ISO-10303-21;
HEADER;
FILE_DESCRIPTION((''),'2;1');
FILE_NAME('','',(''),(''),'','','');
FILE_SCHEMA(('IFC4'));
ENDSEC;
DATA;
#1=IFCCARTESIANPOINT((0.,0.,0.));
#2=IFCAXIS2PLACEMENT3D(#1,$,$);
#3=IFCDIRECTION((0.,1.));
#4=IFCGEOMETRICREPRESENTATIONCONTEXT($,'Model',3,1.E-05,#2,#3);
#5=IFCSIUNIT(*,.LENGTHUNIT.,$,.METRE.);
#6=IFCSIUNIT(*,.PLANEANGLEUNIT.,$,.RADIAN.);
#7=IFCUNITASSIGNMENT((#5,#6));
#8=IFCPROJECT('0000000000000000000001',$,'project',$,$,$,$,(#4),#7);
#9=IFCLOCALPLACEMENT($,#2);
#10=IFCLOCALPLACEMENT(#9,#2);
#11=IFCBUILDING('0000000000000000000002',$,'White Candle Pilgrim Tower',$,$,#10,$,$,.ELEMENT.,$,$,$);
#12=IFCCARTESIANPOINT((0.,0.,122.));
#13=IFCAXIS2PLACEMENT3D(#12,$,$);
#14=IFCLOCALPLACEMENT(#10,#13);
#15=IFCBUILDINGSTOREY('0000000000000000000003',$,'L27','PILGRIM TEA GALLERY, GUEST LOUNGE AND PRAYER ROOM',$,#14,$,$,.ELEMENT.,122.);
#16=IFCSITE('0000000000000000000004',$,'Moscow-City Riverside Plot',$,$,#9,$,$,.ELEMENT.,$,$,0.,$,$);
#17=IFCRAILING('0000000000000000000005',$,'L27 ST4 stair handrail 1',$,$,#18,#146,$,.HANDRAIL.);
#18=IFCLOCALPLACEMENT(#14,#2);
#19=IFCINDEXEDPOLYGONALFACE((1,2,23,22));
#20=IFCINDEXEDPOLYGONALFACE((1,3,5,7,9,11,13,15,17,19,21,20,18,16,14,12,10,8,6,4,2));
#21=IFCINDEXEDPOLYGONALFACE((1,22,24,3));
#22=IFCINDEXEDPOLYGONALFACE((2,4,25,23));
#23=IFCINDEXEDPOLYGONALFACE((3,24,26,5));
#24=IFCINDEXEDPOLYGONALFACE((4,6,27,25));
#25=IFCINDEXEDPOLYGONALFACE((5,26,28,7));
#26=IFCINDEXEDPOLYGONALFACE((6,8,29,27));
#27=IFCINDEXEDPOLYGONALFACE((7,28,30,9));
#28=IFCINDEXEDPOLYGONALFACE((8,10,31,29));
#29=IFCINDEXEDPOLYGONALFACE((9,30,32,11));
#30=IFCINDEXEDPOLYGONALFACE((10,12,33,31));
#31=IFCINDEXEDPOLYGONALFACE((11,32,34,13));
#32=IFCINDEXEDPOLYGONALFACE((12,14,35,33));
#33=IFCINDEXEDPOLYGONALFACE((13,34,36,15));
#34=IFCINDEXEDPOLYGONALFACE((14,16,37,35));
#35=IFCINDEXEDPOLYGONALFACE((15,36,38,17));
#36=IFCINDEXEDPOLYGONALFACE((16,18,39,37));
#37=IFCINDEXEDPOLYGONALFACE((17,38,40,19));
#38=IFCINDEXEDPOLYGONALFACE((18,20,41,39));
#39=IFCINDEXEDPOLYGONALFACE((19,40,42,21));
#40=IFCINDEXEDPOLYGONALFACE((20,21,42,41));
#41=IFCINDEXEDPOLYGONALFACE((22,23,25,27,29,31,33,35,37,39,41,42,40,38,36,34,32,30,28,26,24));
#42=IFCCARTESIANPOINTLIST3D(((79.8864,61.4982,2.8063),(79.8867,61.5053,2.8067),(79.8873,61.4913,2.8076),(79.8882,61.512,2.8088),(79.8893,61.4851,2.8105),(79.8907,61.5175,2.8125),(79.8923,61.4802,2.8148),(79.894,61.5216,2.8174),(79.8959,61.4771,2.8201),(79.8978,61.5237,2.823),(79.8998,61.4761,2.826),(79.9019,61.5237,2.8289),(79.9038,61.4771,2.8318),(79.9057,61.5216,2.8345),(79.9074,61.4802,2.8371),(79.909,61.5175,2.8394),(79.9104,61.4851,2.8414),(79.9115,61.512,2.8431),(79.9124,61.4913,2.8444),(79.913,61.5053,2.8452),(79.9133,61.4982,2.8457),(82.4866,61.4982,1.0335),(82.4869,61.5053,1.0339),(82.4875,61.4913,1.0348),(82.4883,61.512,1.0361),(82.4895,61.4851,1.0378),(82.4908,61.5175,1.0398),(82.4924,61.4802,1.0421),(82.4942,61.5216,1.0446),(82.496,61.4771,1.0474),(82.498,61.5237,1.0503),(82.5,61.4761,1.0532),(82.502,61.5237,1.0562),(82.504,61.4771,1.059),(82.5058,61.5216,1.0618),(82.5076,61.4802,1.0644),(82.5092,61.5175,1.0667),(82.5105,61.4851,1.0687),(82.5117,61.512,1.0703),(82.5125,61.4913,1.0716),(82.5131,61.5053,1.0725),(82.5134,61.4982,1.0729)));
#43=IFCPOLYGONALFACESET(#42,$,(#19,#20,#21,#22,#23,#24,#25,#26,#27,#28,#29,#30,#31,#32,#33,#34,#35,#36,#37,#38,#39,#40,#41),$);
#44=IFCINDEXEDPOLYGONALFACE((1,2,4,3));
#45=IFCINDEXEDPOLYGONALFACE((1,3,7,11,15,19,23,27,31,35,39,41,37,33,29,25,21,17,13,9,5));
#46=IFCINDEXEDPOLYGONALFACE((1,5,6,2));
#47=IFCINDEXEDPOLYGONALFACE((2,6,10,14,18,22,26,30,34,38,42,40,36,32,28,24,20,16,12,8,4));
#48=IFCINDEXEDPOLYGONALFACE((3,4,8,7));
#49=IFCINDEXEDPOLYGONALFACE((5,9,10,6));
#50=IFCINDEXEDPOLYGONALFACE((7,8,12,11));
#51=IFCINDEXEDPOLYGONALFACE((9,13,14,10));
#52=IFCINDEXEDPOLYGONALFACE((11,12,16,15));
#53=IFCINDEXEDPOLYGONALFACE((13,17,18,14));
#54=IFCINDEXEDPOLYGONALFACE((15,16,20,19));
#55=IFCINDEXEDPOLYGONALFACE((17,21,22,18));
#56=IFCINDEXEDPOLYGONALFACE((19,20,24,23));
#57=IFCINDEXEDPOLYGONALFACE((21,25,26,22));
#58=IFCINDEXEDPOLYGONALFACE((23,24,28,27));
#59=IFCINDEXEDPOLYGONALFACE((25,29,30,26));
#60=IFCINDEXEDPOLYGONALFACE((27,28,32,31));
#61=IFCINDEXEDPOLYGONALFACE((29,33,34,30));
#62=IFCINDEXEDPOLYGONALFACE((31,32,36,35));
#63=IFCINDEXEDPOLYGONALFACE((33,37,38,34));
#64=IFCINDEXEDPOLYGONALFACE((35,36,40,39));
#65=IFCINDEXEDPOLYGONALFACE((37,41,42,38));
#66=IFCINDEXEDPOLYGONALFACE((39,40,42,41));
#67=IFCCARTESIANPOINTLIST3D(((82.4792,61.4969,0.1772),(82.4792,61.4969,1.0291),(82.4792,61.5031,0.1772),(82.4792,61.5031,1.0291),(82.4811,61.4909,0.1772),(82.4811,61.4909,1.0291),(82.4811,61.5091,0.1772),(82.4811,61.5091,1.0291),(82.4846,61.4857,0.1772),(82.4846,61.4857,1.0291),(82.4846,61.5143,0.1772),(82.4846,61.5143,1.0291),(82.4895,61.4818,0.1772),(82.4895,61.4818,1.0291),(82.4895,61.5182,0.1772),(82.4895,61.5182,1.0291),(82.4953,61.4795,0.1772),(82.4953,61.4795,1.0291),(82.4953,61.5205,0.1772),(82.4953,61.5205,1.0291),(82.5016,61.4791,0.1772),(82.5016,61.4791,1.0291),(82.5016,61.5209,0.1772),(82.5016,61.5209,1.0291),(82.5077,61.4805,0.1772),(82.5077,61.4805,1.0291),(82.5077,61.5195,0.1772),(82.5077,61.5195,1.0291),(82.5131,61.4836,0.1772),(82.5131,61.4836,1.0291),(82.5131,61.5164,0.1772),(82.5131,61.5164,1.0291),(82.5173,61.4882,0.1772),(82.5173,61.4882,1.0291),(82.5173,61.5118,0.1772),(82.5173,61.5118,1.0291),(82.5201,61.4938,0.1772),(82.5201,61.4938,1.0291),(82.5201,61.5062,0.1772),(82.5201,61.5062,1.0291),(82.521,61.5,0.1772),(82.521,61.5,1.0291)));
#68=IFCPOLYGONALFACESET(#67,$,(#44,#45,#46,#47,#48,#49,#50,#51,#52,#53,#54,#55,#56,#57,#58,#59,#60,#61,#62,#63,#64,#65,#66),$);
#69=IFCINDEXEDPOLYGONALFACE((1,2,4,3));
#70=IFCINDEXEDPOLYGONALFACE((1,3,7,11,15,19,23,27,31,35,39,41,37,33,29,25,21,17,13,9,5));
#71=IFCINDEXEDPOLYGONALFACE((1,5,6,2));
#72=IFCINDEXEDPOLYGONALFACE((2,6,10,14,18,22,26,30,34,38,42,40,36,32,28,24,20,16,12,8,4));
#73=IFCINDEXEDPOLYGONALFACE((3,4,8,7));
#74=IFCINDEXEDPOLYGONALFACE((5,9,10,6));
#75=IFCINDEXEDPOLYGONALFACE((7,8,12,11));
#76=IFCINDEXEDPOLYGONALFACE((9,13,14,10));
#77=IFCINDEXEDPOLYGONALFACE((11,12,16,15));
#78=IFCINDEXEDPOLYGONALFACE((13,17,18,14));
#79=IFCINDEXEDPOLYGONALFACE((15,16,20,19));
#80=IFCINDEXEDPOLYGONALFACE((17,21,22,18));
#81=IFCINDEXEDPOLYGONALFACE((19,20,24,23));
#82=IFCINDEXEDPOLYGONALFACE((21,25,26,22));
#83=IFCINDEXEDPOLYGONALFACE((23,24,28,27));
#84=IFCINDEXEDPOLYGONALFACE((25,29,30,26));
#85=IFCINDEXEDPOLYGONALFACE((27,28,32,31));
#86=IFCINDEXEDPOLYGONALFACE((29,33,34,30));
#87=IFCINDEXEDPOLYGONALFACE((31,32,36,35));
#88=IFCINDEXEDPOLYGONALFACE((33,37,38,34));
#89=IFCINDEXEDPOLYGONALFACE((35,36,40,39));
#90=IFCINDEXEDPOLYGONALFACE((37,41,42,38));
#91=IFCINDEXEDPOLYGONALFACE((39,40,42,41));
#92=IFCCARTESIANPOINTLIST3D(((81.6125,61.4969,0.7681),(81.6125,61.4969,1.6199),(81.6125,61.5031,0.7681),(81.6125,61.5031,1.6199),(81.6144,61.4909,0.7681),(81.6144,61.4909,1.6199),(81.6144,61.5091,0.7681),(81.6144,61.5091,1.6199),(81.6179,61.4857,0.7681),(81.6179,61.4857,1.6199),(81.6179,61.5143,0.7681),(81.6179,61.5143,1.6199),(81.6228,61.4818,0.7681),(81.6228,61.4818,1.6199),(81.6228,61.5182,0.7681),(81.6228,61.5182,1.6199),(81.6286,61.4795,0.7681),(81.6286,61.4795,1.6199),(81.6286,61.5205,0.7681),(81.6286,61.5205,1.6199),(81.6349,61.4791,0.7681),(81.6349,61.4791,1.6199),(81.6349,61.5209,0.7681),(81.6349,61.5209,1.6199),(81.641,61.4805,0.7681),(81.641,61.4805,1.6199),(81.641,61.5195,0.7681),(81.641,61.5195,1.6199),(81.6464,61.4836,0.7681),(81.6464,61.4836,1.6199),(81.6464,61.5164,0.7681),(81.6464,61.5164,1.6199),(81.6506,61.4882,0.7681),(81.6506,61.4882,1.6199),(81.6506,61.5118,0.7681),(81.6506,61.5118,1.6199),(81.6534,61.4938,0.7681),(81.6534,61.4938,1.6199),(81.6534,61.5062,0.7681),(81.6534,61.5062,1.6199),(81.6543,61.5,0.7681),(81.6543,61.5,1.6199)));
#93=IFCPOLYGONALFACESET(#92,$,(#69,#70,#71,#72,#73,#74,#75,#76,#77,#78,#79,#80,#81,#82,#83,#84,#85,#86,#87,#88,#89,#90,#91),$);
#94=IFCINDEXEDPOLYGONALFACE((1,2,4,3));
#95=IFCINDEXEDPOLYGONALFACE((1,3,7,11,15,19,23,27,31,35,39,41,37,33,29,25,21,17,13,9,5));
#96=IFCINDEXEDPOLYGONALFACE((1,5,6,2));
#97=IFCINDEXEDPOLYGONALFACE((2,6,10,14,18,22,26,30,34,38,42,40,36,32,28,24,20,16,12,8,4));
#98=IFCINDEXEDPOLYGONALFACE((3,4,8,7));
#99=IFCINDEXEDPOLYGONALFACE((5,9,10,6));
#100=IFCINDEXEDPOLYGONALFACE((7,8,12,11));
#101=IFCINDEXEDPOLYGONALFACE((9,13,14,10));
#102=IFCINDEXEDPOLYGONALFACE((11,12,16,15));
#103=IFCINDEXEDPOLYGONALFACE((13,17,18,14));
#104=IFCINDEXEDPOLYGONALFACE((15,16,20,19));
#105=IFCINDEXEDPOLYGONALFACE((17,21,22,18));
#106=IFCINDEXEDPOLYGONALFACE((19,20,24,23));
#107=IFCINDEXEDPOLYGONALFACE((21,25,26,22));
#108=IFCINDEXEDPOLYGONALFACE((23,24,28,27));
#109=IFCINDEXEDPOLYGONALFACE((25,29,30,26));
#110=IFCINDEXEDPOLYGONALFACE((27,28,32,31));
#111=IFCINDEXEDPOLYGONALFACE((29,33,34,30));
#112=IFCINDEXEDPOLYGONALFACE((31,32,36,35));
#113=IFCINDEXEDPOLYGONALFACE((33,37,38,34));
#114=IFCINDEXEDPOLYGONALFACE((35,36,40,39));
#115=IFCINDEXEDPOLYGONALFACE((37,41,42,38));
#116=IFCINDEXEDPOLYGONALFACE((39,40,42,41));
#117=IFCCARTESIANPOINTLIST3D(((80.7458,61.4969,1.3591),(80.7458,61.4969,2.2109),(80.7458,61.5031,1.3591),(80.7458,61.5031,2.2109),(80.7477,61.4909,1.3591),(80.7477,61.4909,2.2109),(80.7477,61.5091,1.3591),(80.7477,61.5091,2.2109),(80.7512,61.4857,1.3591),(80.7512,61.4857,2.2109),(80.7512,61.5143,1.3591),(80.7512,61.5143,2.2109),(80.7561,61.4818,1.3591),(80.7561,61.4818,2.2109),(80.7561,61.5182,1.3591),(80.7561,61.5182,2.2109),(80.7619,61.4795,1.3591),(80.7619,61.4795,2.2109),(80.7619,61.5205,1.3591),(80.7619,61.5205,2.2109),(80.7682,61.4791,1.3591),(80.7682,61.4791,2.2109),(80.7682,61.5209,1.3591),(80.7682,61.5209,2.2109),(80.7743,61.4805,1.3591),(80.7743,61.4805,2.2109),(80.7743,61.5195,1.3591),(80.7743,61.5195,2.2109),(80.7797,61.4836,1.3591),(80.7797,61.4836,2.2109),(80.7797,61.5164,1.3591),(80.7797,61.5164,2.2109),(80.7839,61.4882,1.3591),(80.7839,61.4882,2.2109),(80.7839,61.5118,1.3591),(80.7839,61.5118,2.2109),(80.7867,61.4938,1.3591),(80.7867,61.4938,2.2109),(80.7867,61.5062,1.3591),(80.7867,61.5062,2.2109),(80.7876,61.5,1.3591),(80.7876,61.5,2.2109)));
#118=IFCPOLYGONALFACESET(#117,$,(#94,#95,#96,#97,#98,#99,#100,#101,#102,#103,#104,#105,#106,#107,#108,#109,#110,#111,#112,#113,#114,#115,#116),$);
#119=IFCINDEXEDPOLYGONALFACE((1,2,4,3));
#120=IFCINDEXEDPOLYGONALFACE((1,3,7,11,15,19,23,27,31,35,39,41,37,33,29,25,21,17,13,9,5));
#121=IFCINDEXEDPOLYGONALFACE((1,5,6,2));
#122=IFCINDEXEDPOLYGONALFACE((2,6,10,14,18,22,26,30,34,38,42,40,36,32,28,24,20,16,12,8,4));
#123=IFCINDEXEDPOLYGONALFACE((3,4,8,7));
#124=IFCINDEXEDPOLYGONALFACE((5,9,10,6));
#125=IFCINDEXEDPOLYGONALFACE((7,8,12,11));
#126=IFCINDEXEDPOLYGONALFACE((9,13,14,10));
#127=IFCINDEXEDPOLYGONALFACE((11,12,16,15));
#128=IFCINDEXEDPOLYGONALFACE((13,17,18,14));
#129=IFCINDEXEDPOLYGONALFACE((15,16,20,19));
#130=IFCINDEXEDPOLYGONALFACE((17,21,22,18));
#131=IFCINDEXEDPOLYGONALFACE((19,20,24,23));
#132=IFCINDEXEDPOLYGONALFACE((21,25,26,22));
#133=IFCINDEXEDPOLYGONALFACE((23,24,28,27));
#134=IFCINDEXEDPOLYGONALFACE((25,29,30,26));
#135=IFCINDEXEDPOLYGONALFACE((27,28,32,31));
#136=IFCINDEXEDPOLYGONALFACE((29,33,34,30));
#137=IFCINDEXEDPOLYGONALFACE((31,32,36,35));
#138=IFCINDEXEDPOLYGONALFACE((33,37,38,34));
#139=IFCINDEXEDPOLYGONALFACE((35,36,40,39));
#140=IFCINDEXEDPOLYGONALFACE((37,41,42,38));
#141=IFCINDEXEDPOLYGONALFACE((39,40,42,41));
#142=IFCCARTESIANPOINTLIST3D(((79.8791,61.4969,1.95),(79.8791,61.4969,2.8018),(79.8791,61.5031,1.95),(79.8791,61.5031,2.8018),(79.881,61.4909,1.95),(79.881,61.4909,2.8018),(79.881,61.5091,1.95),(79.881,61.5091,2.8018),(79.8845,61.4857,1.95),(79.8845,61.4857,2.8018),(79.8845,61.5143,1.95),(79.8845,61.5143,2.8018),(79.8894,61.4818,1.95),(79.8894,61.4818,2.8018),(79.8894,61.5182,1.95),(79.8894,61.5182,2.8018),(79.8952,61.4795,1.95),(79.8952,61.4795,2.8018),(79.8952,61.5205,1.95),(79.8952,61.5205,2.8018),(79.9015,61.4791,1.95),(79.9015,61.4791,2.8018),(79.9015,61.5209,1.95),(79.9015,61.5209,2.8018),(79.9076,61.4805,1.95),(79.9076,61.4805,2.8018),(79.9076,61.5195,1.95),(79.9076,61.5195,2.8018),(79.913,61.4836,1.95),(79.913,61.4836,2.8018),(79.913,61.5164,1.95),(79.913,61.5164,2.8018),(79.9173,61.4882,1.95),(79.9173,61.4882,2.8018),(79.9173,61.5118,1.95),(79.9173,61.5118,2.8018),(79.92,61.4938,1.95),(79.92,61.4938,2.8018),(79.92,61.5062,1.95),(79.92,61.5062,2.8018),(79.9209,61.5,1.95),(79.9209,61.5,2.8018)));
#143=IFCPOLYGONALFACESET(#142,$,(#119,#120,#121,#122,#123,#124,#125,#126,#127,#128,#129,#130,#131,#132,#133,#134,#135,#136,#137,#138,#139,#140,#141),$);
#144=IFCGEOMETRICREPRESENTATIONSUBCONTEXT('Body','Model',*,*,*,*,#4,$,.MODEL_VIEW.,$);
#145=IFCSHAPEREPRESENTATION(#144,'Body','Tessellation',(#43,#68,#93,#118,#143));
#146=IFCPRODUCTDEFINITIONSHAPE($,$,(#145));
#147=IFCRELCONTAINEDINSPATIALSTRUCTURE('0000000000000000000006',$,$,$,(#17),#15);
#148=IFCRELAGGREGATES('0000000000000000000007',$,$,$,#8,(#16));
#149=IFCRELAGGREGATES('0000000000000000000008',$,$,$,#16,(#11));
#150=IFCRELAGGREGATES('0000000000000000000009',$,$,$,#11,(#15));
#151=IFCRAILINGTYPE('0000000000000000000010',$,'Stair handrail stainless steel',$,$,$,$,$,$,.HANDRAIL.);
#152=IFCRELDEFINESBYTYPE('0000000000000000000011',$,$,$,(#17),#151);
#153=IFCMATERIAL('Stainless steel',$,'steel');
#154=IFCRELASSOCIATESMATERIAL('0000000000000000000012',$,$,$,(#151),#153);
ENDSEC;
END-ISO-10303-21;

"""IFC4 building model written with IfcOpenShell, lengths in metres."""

from ifc_helpers import new_model, si_unit, direction, frame, origin, origin_2d, place, context, subcontext, project, spatial, circle, extrude, material, type_object, element, save


model = new_model("IFC4")

# Units and contexts
model_context = context("Model", 3, precision=1e-05, world=origin(), true_north=direction((0.0, 1.0)))
body_context = subcontext(model_context, "Body", "Model", "MODEL_VIEW")
ifc_project = project(units=[si_unit("LENGTHUNIT", "METRE"), si_unit("PLANEANGLEUNIT", "RADIAN")], contexts=[model_context])

# Site, building, storey
site_placement = place(None, origin())
site = spatial("IfcSite", under=ifc_project, at=site_placement, Name="Moscow-City Riverside Plot", CompositionType="ELEMENT", RefElevation=0.0)
building_placement = place(site_placement, origin())
building = spatial("IfcBuilding", under=site, at=building_placement, Name="White Candle Pilgrim Tower", CompositionType="ELEMENT")
storey_placement = place(building_placement, frame((0.0, 0.0, 122.0)))
storey = spatial("IfcBuildingStorey", under=building, at=storey_placement, Name="L27", Description="PILGRIM TEA GALLERY, GUEST LOUNGE AND PRAYER ROOM", CompositionType="ELEMENT", Elevation=122.0)

# Railing
ifc_material_1 = material(Name="Stainless steel", Category="steel")
railing_type_1 = type_object("IfcRailingType", Name="Stair handrail stainless steel", PredefinedType="HANDRAIL", material=ifc_material_1)
railing_1_placement = place(storey_placement, frame((82.5, 61.5, 0.1772)))
element("IfcRailing", 1, at=railing_1_placement, inside=storey, type_object=railing_type_1, Name="L27 ST4 stair handrail 1", PredefinedType="HANDRAIL", context=body_context, shape_type="SweptSolid", body=[
    extrude(circle(Radius=0.0239, at=origin_2d()), frame((0.0, 0.0, 0.876), z_axis=(-0.82624, 0.0, 0.563318), x_axis=(0.0, -1.0, 0.0)), (0.0, 0.0, 1.0), 3.147),
    extrude(circle(Radius=0.021, at=origin_2d()), origin(), (0.0, 0.0, 1.0), 0.8518),
    extrude(circle(Radius=0.021, at=origin_2d()), frame((-0.8667, 0.0, 0.5908)), (0.0, 0.0, 1.0), 0.8518),
    extrude(circle(Radius=0.021, at=origin_2d()), frame((-1.7334, 0.0, 1.1819)), (0.0, 0.0, 1.0), 0.8518),
    extrude(circle(Radius=0.021, at=origin_2d()), frame((-2.6001, 0.0, 1.7727)), (0.0, 0.0, 1.0), 0.8518),
])

save(model, "model.ifc")
